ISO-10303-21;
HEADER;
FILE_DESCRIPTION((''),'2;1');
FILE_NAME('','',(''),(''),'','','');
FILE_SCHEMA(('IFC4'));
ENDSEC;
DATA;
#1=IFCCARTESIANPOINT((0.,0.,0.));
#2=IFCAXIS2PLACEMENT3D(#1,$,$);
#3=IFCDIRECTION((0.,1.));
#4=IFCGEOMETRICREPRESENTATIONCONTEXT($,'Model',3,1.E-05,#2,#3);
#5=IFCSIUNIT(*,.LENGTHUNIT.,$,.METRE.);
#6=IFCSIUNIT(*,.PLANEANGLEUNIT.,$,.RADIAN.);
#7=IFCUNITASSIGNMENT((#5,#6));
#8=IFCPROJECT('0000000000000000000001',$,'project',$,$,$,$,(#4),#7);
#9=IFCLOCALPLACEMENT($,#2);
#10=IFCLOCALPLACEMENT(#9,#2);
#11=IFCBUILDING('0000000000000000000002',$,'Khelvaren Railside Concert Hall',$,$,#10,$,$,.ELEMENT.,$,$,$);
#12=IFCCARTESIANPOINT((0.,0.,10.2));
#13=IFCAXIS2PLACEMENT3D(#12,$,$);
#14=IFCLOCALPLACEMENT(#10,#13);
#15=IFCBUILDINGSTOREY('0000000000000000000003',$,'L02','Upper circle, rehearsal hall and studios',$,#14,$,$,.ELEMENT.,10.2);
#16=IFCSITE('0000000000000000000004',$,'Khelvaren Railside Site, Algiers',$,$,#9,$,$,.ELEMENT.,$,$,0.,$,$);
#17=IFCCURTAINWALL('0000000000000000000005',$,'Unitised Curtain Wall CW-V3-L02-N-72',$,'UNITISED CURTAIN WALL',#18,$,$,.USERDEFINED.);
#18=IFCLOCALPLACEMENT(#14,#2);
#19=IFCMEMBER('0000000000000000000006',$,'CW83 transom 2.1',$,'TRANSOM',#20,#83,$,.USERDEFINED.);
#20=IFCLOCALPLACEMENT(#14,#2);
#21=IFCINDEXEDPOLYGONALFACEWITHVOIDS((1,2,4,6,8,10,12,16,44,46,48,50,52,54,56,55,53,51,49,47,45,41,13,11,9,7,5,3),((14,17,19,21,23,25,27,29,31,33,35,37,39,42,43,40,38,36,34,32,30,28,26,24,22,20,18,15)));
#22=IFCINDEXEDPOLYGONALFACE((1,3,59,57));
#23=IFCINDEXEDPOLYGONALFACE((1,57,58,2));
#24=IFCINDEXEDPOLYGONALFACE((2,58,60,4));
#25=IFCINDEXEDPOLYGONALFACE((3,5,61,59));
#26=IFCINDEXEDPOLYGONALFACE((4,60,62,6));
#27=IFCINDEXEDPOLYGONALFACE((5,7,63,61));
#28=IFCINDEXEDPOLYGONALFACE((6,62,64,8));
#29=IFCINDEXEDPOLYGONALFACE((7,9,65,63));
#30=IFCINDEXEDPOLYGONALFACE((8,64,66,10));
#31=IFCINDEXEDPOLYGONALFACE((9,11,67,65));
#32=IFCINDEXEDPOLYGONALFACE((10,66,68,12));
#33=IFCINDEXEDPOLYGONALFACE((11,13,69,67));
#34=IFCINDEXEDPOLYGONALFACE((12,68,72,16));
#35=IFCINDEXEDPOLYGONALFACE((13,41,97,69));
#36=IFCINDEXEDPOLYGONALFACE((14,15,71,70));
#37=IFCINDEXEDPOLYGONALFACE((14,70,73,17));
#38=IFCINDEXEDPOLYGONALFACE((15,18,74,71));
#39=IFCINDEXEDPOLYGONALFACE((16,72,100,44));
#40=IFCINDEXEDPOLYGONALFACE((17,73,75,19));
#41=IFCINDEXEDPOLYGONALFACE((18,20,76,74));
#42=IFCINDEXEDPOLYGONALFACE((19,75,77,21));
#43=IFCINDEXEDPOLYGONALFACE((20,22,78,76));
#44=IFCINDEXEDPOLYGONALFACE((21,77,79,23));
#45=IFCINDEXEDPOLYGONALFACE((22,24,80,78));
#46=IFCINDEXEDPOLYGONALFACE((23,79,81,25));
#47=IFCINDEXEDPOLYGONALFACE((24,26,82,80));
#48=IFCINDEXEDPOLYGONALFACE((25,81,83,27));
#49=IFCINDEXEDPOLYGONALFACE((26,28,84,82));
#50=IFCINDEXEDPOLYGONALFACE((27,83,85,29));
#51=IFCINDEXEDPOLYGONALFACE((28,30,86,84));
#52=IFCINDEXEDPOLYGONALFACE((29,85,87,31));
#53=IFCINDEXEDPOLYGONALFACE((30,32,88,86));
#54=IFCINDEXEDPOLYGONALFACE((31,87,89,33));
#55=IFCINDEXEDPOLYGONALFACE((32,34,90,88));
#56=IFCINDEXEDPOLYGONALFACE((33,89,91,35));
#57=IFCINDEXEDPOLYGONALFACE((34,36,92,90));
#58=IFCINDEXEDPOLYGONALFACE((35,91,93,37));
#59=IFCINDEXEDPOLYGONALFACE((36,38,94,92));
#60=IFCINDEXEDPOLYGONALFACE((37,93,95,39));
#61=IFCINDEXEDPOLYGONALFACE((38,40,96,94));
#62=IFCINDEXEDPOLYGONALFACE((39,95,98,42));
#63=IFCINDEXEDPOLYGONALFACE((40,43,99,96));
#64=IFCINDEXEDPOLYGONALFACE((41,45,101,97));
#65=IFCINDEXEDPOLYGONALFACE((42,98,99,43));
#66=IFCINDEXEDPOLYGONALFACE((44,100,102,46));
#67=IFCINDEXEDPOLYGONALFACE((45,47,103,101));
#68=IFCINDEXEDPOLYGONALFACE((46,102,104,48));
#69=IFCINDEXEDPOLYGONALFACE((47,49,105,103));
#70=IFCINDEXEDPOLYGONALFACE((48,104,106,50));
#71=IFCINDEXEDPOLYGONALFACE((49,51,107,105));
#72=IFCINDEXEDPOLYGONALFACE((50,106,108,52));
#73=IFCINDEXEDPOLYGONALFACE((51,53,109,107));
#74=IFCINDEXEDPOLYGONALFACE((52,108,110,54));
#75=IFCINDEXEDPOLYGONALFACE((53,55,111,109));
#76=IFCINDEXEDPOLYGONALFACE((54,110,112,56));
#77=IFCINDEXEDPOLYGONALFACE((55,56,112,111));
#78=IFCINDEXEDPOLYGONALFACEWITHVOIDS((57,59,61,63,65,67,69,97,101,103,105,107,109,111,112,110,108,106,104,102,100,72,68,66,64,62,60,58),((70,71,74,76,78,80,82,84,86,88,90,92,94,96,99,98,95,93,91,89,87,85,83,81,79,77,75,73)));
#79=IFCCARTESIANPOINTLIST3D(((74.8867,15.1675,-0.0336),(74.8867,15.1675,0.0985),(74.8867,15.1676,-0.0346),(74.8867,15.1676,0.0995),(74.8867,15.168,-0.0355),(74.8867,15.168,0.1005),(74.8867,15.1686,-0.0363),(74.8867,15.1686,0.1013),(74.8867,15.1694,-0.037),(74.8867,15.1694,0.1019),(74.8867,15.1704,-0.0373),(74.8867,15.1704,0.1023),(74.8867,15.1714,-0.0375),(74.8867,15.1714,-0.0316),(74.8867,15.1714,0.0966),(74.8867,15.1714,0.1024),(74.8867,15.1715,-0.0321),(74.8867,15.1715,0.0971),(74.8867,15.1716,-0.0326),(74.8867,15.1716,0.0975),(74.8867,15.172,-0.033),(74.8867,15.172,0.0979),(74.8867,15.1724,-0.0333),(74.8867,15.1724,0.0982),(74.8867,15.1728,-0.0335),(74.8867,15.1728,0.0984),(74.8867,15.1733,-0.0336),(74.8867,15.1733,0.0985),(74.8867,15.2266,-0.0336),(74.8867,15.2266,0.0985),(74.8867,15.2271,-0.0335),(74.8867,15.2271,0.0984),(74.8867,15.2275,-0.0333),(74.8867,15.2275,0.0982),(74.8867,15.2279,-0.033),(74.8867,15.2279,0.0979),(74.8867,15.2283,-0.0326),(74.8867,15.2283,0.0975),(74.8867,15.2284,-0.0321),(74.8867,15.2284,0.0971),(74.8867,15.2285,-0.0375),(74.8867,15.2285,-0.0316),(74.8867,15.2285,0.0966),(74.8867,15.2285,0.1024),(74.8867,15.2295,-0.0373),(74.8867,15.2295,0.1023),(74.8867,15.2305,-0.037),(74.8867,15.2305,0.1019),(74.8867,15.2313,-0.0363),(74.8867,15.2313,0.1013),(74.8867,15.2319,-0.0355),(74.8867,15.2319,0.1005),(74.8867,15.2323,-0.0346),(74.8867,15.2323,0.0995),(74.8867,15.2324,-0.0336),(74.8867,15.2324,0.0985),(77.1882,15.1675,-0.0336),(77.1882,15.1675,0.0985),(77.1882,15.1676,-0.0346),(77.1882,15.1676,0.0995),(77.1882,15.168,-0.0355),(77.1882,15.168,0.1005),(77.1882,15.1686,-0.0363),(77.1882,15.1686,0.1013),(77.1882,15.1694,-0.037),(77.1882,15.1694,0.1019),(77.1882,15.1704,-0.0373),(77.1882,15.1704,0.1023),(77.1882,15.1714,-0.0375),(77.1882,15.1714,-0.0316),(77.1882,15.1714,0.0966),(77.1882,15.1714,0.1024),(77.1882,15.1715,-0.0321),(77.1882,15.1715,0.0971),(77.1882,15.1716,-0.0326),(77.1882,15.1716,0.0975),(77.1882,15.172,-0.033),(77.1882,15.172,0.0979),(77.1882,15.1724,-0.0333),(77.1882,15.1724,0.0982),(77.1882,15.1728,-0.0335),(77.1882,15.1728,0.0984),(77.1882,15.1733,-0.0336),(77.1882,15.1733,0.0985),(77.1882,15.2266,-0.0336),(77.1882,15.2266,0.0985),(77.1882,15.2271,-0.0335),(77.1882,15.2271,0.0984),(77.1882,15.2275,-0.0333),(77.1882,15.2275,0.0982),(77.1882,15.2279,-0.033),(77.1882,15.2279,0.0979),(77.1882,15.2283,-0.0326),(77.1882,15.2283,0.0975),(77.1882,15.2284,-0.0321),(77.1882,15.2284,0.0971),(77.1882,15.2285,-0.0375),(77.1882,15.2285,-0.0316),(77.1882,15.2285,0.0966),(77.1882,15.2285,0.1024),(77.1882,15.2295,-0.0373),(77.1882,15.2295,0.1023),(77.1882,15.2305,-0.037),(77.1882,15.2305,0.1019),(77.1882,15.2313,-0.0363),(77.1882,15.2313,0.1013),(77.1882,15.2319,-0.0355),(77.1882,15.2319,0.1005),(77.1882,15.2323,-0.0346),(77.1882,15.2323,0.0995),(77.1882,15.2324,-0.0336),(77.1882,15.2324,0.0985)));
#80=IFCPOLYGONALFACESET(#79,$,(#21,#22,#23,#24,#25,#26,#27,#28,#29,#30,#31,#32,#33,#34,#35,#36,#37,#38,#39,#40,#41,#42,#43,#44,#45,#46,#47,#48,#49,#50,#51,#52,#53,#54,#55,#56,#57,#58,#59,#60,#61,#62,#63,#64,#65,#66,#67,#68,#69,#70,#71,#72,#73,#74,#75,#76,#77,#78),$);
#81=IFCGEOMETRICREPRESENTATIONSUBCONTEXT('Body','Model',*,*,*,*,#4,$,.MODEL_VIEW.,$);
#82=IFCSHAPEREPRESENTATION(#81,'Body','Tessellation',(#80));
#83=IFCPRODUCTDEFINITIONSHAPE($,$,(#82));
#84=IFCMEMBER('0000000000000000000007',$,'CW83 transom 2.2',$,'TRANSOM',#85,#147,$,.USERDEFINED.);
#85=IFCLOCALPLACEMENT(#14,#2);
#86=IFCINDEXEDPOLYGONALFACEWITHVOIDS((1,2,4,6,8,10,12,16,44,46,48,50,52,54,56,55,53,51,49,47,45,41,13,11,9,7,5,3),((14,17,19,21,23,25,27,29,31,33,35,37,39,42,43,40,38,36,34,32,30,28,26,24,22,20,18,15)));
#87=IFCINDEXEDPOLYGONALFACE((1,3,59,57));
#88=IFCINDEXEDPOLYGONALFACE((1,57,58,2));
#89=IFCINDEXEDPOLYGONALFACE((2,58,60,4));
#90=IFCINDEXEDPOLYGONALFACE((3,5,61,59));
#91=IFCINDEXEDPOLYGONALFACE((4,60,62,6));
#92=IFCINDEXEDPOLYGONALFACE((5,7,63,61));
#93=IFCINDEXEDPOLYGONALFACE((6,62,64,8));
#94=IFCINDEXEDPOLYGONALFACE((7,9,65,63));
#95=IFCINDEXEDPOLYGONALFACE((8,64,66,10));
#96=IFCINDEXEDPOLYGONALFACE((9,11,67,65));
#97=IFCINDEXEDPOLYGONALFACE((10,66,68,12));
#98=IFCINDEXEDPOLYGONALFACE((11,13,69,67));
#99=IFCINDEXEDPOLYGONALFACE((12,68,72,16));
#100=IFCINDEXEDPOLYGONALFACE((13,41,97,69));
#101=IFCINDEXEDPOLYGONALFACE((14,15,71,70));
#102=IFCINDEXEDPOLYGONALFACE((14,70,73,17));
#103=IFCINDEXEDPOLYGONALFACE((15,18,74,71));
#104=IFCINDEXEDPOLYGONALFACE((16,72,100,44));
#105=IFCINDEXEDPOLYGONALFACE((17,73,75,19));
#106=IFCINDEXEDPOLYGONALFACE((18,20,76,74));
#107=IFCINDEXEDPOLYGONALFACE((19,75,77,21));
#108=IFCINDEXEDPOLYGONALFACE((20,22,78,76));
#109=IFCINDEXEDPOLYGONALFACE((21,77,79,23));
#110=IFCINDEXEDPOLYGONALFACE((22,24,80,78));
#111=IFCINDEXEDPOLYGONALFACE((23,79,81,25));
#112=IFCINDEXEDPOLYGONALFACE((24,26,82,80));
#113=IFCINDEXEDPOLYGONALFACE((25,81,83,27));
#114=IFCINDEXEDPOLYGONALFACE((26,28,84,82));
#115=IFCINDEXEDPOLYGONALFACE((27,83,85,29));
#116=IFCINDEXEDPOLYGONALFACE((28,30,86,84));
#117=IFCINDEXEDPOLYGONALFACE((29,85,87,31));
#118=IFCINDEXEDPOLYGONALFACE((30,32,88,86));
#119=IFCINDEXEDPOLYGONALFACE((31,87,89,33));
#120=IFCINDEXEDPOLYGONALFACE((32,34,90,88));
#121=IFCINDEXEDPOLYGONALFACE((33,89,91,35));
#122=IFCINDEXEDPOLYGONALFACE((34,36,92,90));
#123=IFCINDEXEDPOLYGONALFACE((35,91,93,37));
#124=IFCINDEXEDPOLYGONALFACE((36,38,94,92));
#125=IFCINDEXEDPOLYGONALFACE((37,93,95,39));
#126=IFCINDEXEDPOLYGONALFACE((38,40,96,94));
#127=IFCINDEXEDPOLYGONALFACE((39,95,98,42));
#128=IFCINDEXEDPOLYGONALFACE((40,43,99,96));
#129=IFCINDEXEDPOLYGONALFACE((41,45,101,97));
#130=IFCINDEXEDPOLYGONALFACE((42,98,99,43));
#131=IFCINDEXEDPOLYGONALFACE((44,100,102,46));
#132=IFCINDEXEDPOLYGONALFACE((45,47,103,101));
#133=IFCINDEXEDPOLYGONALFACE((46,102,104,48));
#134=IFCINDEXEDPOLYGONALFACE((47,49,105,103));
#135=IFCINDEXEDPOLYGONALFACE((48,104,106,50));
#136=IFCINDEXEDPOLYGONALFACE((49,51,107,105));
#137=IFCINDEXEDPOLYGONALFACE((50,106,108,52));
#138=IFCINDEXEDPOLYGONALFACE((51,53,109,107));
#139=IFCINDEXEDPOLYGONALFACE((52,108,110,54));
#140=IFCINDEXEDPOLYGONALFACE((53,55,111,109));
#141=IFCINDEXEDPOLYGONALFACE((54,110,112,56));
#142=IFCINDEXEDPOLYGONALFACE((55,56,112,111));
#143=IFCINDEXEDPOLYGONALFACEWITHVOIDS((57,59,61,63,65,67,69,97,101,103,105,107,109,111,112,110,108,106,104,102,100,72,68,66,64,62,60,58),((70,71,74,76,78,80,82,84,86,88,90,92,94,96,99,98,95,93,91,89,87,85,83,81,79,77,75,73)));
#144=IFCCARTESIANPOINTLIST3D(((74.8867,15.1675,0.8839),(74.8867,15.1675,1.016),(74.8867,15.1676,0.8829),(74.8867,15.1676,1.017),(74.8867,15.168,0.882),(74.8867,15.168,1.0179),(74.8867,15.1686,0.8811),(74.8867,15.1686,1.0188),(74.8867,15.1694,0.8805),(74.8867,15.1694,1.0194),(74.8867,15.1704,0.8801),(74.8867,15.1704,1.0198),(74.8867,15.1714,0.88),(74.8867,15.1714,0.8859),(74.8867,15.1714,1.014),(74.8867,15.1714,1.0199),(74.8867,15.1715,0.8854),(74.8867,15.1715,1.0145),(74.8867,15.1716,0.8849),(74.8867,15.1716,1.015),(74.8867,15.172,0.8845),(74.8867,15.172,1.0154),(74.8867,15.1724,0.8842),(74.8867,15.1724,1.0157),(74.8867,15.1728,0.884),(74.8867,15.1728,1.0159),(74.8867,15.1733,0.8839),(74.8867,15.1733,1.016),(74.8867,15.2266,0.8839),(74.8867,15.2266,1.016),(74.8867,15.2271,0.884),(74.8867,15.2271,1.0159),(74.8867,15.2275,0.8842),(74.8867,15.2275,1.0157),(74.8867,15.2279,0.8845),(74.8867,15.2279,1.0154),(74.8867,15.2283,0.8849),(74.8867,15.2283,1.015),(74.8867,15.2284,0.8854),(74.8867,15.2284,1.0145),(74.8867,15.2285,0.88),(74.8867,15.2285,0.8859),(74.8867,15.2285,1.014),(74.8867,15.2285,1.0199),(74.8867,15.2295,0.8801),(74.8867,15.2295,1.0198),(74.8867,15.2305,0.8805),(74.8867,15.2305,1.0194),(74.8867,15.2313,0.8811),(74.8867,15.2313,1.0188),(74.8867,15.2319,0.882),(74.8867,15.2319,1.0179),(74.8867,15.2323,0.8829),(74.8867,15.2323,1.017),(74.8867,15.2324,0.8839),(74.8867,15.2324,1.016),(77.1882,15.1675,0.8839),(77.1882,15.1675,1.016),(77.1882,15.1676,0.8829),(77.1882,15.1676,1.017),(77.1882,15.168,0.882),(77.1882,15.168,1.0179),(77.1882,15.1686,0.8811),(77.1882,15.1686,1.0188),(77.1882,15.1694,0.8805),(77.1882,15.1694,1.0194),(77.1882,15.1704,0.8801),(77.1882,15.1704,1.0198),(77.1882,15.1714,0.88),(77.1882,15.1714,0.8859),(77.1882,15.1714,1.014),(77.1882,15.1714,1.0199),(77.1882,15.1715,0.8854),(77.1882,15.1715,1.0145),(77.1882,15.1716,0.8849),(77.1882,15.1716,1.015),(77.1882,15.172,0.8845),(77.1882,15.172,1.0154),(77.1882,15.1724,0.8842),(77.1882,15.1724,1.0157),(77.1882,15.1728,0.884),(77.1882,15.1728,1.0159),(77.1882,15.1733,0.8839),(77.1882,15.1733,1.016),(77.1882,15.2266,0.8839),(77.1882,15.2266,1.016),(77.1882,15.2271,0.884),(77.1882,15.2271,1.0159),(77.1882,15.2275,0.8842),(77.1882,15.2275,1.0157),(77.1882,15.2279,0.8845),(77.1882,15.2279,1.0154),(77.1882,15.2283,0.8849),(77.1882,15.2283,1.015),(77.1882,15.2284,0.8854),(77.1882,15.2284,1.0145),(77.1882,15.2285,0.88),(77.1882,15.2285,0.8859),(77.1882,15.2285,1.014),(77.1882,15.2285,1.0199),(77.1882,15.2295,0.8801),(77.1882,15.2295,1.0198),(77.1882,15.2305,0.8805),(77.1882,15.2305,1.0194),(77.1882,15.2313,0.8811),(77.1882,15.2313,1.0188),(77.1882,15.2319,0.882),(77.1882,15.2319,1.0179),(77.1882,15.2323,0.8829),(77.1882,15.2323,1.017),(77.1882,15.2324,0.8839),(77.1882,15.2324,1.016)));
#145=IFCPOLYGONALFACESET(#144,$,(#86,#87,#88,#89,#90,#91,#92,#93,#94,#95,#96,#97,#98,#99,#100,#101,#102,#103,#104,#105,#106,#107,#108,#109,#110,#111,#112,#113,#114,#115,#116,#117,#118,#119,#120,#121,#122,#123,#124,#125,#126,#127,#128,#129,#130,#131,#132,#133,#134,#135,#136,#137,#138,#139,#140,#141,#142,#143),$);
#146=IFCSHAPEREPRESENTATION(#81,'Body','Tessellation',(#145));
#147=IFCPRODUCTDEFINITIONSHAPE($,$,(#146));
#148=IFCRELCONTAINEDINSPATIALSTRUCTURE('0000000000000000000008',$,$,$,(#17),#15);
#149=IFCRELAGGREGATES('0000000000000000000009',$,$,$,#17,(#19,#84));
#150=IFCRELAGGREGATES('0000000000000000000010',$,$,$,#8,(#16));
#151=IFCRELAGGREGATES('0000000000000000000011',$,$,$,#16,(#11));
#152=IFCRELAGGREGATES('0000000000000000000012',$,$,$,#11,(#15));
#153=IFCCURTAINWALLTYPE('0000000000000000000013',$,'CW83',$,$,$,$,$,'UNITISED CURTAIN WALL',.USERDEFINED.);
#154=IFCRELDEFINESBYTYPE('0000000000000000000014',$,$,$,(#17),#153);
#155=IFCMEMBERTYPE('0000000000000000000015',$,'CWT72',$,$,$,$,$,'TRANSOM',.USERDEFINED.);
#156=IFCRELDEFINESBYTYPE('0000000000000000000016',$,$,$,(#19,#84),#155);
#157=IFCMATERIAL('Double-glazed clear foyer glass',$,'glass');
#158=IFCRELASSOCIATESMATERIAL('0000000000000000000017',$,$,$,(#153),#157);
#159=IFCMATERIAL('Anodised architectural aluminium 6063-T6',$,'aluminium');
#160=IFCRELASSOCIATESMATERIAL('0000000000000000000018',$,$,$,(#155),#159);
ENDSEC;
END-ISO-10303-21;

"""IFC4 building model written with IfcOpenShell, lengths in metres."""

from ifc_helpers import new_model, si_unit, direction, frame, origin, origin_2d, place, context, subcontext, project, spatial, hollow_rectangle, extrude, material, material_profile, profile_set, type_object, element, aggregate, save


model = new_model("IFC4")

# Units and contexts
model_context = context("Model", 3, precision=1e-05, world=origin(), true_north=direction((0.0, 1.0)))
body_context = subcontext(model_context, "Body", "Model", "MODEL_VIEW")
ifc_project = project(units=[si_unit("LENGTHUNIT", "METRE"), si_unit("PLANEANGLEUNIT", "RADIAN")], contexts=[model_context])

# Site, building, storey
site_placement = place(None, origin())
site = spatial("IfcSite", under=ifc_project, at=site_placement, Name="Khelvaren Railside Site, Algiers", CompositionType="ELEMENT", RefElevation=0.0)
building_placement = place(site_placement, origin())
building = spatial("IfcBuilding", under=site, at=building_placement, Name="Khelvaren Railside Concert Hall", CompositionType="ELEMENT")
storey_placement = place(building_placement, frame((0.0, 0.0, 10.2)))
storey = spatial("IfcBuildingStorey", under=building, at=storey_placement, Name="L02", Description="Upper circle, rehearsal hall and studios", CompositionType="ELEMENT", Elevation=10.2)

# Curtain wall, members
ifc_material_1 = material(Name="Double-glazed clear foyer glass", Category="glass")
curtain_wall_type = type_object("IfcCurtainWallType", Name="CW83", ElementType="UNITISED CURTAIN WALL", PredefinedType="USERDEFINED", material=ifc_material_1)
curtain_wall_placement = place(storey_placement, origin())
curtain_wall = element("IfcCurtainWall", 1, at=curtain_wall_placement, inside=storey, type_object=curtain_wall_type, Name="Unitised Curtain Wall CW-V3-L02-N-72", ObjectType="UNITISED CURTAIN WALL", PredefinedType="USERDEFINED")
ifc_material_2 = material(Name="Anodised architectural aluminium 6063-T6", Category="aluminium")
ifc_material_profile_1 = material_profile(ifc_material_2, hollow_rectangle(XDim=0.0649, YDim=0.1399, WallThickness=0.0039, InnerFilletRadius=0.002, OuterFilletRadius=0.0039, at=origin_2d()), Name="CWT 65x140x4")
ifc_profile_set_1 = profile_set([ifc_material_profile_1], Name="Anodised architectural aluminium 6063-T6")
member_type_1 = type_object("IfcMemberType", Name="CWT72", ElementType="TRANSOM", PredefinedType="USERDEFINED", material=ifc_profile_set_1)
member_1_placement = place(storey_placement, frame((74.8867, 15.2, 0.0325), z_axis=(1.0, 0.0, 0.0), x_axis=(0.0, 1.0, 0.0)))
member_1 = element("IfcMember", 2, at=member_1_placement, type_object=member_type_1, Name="CW83 transom 2.1", ObjectType="TRANSOM", PredefinedType="USERDEFINED", context=body_context, shape_type="SweptSolid", body=[
    extrude(hollow_rectangle(XDim=0.0649, YDim=0.1399, WallThickness=0.0039, InnerFilletRadius=0.002, OuterFilletRadius=0.0039, at=origin_2d()), origin(), (0.0, 0.0, 1.0), 2.3015),
])
member_2_placement = place(storey_placement, frame((74.8867, 15.2, 0.95), z_axis=(1.0, 0.0, 0.0), x_axis=(0.0, 1.0, 0.0)))
member_2 = element("IfcMember", 3, at=member_2_placement, type_object=member_type_1, Name="CW83 transom 2.2", ObjectType="TRANSOM", PredefinedType="USERDEFINED", context=body_context, shape_type="SweptSolid", body=[
    extrude(hollow_rectangle(XDim=0.0649, YDim=0.1399, WallThickness=0.0039, InnerFilletRadius=0.002, OuterFilletRadius=0.0039, at=origin_2d()), origin(), (0.0, 0.0, 1.0), 2.3015),
])

aggregate(curtain_wall, [member_1, member_2])

save(model, "model.ifc")
